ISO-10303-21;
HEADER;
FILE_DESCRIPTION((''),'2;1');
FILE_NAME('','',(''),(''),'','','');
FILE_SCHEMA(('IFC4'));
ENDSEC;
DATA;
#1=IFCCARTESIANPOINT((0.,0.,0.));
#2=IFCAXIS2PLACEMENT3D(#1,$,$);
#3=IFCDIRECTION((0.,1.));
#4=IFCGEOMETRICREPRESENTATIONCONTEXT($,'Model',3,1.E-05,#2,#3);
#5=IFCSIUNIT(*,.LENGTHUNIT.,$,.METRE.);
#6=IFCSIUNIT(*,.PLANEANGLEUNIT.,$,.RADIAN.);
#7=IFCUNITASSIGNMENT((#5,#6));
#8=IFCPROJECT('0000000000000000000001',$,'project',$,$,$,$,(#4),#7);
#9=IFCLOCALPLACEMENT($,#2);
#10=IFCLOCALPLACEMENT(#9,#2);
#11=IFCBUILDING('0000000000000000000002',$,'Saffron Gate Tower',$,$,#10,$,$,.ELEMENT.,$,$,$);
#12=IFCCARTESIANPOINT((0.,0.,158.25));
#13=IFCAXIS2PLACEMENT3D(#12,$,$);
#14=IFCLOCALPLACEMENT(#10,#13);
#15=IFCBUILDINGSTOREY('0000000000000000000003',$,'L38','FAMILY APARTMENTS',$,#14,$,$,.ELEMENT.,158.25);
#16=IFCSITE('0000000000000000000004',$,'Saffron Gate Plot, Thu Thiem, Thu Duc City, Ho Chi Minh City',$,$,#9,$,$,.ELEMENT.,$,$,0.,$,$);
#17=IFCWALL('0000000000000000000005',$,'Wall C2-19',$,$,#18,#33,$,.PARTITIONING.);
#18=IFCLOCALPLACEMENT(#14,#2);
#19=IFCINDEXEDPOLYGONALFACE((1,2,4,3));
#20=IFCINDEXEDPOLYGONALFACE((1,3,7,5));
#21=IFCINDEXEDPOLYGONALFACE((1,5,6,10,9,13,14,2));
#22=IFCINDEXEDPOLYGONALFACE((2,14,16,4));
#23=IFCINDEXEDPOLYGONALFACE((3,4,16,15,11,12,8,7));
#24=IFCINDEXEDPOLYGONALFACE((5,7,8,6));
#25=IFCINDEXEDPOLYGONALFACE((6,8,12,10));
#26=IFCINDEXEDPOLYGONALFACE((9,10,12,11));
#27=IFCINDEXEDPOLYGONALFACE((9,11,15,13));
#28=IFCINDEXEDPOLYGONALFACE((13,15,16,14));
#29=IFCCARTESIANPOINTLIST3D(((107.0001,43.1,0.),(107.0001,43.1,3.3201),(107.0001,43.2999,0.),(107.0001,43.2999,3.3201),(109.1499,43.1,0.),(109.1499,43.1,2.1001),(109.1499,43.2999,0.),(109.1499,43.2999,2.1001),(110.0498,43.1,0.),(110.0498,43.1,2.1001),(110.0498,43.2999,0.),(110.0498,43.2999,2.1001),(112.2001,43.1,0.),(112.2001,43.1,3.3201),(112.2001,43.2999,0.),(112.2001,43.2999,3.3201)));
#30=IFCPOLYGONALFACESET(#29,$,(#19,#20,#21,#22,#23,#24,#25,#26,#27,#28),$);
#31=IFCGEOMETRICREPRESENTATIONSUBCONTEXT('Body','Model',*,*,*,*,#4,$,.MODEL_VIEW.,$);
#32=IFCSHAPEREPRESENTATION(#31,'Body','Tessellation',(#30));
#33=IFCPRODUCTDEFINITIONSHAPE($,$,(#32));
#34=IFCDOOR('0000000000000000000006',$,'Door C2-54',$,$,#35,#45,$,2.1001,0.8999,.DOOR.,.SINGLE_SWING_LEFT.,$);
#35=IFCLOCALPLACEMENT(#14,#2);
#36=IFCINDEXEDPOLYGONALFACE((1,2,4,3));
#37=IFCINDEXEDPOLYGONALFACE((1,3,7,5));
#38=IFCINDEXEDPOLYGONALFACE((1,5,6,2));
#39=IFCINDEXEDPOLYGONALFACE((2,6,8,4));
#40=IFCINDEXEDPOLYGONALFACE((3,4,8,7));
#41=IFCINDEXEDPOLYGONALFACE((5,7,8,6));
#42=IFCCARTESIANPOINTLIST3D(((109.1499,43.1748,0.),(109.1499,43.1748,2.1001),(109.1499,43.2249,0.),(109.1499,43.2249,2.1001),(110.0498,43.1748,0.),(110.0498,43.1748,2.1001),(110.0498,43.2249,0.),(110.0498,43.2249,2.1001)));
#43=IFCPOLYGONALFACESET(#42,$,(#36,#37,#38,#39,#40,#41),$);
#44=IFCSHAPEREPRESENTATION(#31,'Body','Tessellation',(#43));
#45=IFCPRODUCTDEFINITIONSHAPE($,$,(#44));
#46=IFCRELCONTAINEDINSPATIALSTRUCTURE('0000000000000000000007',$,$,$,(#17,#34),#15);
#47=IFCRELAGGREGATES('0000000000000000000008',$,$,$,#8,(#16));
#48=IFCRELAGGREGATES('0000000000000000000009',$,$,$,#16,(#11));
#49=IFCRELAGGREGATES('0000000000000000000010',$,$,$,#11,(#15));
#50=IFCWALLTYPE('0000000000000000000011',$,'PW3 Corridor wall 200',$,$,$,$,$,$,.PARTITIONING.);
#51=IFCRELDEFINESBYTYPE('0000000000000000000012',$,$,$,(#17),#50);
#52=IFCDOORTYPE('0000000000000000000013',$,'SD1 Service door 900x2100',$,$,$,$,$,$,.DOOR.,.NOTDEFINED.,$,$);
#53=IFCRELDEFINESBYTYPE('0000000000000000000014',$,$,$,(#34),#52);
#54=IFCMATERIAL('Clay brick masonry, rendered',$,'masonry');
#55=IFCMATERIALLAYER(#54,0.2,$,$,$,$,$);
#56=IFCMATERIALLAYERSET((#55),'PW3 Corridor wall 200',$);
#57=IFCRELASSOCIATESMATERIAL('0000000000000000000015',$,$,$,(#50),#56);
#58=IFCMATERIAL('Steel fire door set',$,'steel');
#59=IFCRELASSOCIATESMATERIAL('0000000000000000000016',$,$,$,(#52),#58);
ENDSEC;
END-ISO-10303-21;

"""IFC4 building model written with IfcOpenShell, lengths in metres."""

from ifc_helpers import new_model, si_unit, direction, frame, frame_2d, origin, place, context, subcontext, project, spatial, rectangle, extrude, material, layer, layer_set, type_object, element, fill, save


model = new_model("IFC4")

# Units and contexts
model_context = context("Model", 3, precision=1e-05, world=origin(), true_north=direction((0.0, 1.0)))
body_context = subcontext(model_context, "Body", "Model", "MODEL_VIEW")
ifc_project = project(units=[si_unit("LENGTHUNIT", "METRE"), si_unit("PLANEANGLEUNIT", "RADIAN")], contexts=[model_context])

# Site, building, storey
site_placement = place(None, origin())
site = spatial("IfcSite", under=ifc_project, at=site_placement, Name="Saffron Gate Plot, Thu Thiem, Thu Duc City, Ho Chi Minh City", CompositionType="ELEMENT", RefElevation=0.0)
building_placement = place(site_placement, origin())
building = spatial("IfcBuilding", under=site, at=building_placement, Name="Saffron Gate Tower", CompositionType="ELEMENT")
storey_placement = place(building_placement, frame((0.0, 0.0, 158.25)))
storey = spatial("IfcBuildingStorey", under=building, at=storey_placement, Name="L38", Description="FAMILY APARTMENTS", CompositionType="ELEMENT", Elevation=158.25)

# Shared definitions
ifc_material_1 = material(Name="Steel fire door set", Category="steel")

# Wall, opening, door
ifc_material_2 = material(Name="Clay brick masonry, rendered", Category="masonry")
ifc_layer_1 = layer(ifc_material_2, 0.2)
ifc_layer_set_1 = layer_set([ifc_layer_1], Name="PW3 Corridor wall 200")
wall_type_1 = type_object("IfcWallType", Name="PW3 Corridor wall 200", PredefinedType="PARTITIONING", material=ifc_layer_set_1)
wall_1_placement = place(storey_placement, frame((107.0, 43.2, 0.0), z_axis=(0.0, 0.0, 1.0), x_axis=(1.0, 0.0, 0.0)))
wall_1 = element("IfcWall", 1, at=wall_1_placement, inside=storey, type_object=wall_type_1, Name="Wall C2-19", PredefinedType="PARTITIONING", context=body_context, shape_type="SweptSolid", body=[
    extrude(rectangle(XDim=5.2, YDim=0.2, at=frame_2d((2.6001, 0.0))), origin(), (0.0, 0.0, 1.0), 3.3201),
])
opening_1_placement = place(wall_1_placement, frame((2.1499, 0.0, 0.0)))
opening_1 = element("IfcOpeningElement", 2, at=opening_1_placement, cuts=wall_1, PredefinedType="OPENING", context=body_context, shape_type="SweptSolid", body=[
    extrude(rectangle(XDim=0.8999, YDim=2.1001, at=frame_2d((0.45, 1.05))), frame((0.0, 0.1099, 0.0), z_axis=(0.0, -1.0, 0.0), x_axis=(1.0, 0.0, 0.0)), (0.0, 0.0, 1.0), 0.22),
])
door_type_1 = type_object("IfcDoorType", Name="SD1 Service door 900x2100", OperationType="NOTDEFINED", PredefinedType="DOOR", material=ifc_material_1)
door_1_placement = place(opening_1_placement, origin())
door_1 = element("IfcDoor", 3, at=door_1_placement, inside=storey, type_object=door_type_1, Name="Door C2-54", OperationType="SINGLE_SWING_LEFT", OverallHeight=2.1001, OverallWidth=0.8999, PredefinedType="DOOR", context=body_context, shape_type="SweptSolid", body=[
    extrude(rectangle(XDim=0.8999, YDim=2.1001, at=frame_2d((0.45, 1.05))), frame((0.0, 0.0249, 0.0), z_axis=(0.0, -1.0, 0.0), x_axis=(1.0, 0.0, 0.0)), (0.0, 0.0, 1.0), 0.05),
])
fill(opening_1, door_1)

save(model, "model.ifc")
